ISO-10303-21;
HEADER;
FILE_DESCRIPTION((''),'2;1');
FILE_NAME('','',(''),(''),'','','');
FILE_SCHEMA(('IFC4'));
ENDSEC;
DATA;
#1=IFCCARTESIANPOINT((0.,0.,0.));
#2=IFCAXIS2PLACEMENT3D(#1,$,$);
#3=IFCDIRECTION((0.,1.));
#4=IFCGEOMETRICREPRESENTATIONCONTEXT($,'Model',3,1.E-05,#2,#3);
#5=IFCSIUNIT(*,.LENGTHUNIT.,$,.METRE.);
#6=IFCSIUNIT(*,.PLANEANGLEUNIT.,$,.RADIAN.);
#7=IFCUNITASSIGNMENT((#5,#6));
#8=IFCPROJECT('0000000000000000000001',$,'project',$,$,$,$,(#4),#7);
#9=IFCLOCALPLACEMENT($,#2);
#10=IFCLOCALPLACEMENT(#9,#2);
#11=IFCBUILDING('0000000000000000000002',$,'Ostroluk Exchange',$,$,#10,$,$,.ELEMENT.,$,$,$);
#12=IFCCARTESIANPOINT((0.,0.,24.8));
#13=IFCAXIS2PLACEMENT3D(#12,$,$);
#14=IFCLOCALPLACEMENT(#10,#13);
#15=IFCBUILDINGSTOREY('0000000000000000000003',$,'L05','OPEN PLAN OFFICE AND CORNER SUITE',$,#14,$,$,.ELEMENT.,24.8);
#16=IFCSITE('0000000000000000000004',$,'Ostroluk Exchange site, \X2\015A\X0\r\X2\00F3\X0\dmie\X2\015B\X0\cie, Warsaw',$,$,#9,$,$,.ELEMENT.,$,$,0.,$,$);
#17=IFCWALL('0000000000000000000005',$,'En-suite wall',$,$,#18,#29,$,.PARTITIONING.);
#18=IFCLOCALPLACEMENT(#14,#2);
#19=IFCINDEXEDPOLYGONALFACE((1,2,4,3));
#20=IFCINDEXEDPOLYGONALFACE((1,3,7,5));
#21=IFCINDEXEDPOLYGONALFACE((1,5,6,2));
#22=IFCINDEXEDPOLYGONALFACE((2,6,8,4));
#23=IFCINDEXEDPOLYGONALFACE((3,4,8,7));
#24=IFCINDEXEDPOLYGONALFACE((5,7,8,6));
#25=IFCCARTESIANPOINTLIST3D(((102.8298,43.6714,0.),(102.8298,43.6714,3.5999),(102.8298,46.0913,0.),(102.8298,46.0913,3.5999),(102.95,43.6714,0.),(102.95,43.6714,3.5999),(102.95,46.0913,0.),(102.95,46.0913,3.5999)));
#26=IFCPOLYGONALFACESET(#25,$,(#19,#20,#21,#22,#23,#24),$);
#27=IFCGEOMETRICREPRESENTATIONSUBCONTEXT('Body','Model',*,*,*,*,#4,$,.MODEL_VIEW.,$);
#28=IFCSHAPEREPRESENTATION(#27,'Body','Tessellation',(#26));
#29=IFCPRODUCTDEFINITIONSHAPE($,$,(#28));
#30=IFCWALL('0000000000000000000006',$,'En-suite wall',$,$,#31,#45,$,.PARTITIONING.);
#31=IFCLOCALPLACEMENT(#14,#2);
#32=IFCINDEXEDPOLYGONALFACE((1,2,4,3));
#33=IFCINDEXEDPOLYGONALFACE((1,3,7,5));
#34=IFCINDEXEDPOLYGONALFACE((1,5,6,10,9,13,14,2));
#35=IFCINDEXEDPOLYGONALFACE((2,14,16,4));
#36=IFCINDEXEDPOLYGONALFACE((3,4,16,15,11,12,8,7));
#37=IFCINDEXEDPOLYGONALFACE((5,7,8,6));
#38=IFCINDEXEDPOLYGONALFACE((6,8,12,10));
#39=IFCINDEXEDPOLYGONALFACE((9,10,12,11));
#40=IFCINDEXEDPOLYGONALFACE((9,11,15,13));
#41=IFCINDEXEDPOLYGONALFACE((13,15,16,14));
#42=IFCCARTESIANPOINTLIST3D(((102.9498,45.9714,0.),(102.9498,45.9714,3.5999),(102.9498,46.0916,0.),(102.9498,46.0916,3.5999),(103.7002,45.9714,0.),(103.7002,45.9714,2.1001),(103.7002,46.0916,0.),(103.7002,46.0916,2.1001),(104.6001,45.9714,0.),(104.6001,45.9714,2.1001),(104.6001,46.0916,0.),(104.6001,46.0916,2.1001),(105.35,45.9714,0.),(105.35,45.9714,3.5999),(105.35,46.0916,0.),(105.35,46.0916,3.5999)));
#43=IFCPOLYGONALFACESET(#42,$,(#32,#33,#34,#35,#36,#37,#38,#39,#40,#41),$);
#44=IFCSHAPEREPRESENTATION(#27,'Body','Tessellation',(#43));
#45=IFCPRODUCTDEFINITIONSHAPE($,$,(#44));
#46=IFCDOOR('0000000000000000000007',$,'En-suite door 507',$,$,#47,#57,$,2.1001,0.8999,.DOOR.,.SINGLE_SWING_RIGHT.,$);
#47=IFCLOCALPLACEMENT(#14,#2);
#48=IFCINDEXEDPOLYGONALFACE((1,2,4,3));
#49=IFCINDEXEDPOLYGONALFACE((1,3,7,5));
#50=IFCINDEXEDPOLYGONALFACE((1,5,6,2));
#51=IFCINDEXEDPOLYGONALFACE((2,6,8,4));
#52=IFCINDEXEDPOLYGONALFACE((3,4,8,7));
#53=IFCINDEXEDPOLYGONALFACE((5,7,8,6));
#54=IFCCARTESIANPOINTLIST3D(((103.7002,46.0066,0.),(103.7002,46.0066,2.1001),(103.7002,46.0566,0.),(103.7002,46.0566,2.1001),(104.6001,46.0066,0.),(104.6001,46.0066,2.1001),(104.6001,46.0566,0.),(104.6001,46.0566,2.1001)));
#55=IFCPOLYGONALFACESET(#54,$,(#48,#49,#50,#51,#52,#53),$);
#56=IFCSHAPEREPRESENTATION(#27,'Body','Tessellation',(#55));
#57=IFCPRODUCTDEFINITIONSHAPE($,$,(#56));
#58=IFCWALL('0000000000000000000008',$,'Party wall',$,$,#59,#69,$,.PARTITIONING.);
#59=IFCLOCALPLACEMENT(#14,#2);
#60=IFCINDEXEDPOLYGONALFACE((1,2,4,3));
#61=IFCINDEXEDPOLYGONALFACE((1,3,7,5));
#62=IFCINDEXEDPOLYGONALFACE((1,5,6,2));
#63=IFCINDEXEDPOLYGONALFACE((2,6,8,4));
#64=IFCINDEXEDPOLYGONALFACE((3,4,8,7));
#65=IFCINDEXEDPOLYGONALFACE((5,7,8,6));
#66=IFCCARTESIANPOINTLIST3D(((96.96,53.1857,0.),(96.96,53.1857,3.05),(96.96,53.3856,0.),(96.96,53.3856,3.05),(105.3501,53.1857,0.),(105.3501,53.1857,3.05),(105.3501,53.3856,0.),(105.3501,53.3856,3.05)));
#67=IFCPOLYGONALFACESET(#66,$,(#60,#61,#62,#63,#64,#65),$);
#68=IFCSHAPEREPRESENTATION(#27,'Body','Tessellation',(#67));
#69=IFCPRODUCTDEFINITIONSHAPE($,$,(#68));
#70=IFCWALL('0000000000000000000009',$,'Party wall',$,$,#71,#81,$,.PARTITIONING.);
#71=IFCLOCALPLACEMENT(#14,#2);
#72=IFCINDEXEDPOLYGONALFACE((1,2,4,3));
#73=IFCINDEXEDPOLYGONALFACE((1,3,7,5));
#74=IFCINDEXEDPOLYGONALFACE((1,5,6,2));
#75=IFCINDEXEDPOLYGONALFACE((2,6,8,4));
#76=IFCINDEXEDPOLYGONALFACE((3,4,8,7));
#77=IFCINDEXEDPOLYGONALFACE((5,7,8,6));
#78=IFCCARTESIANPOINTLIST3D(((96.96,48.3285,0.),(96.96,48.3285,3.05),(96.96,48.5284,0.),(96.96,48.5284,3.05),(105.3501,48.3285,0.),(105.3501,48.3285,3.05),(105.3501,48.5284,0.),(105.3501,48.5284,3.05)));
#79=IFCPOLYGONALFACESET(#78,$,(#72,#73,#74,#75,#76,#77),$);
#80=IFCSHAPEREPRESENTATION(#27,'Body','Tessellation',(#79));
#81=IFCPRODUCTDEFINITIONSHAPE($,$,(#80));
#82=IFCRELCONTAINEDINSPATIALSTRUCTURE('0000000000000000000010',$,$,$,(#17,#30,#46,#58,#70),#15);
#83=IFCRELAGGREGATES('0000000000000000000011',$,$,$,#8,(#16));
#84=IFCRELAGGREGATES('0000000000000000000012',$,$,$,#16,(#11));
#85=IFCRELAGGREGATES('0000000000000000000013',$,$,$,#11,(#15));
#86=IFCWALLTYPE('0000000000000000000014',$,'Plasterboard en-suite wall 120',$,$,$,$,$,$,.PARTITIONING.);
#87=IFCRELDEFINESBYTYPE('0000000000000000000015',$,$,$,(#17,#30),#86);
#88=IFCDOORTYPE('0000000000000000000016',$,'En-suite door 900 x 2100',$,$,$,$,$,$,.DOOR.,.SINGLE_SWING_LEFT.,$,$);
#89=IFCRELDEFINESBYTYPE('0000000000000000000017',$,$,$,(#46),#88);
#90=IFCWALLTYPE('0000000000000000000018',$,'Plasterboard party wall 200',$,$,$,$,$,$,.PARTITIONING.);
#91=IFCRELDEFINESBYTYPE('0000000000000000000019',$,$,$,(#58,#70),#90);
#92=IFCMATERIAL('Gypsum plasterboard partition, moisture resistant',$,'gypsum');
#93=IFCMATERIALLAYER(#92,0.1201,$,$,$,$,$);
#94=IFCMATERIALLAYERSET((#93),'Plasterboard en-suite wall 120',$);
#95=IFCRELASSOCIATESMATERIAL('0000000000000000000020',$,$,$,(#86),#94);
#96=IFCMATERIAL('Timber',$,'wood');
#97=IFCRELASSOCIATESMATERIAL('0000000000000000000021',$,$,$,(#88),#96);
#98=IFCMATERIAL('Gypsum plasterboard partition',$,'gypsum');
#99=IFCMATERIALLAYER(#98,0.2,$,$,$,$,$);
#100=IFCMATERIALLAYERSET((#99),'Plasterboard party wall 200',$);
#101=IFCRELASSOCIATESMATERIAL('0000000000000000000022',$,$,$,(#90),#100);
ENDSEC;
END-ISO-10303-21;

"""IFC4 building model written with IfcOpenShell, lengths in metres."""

from ifc_helpers import new_model, si_unit, direction, frame, frame_2d, origin, place, context, subcontext, project, spatial, rectangle, extrude, material, layer, layer_set, type_object, element, fill, save


model = new_model("IFC4")

# Units and contexts
model_context = context("Model", 3, precision=1e-05, world=origin(), true_north=direction((0.0, 1.0)))
body_context = subcontext(model_context, "Body", "Model", "MODEL_VIEW")
ifc_project = project(units=[si_unit("LENGTHUNIT", "METRE"), si_unit("PLANEANGLEUNIT", "RADIAN")], contexts=[model_context])

# Site, building, storey
site_placement = place(None, origin())
site = spatial("IfcSite", under=ifc_project, at=site_placement, Name="Ostroluk Exchange site, Śródmieście, Warsaw", CompositionType="ELEMENT", RefElevation=0.0)
building_placement = place(site_placement, origin())
building = spatial("IfcBuilding", under=site, at=building_placement, Name="Ostroluk Exchange", CompositionType="ELEMENT")
storey_placement = place(building_placement, frame((0.0, 0.0, 24.8)))
storey = spatial("IfcBuildingStorey", under=building, at=storey_placement, Name="L05", Description="OPEN PLAN OFFICE AND CORNER SUITE", CompositionType="ELEMENT", Elevation=24.8)

# Shared definitions
ifc_material_1 = material(Name="Gypsum plasterboard partition, moisture resistant", Category="gypsum")
ifc_layer_1 = layer(ifc_material_1, 0.1201)
ifc_layer_set_1 = layer_set([ifc_layer_1], Name="Plasterboard en-suite wall 120")
wall_type_1 = type_object("IfcWallType", Name="Plasterboard en-suite wall 120", PredefinedType="PARTITIONING", material=ifc_layer_set_1)
ifc_material_2 = material(Name="Timber", Category="wood")
door_type = type_object("IfcDoorType", Name="En-suite door 900 x 2100", OperationType="SINGLE_SWING_LEFT", PredefinedType="DOOR", material=ifc_material_2)

# Wall
wall_1_placement = place(storey_placement, frame((102.8899, 46.0913, 0.0), z_axis=(0.0, 0.0, 1.0), x_axis=(0.0, -1.0, 0.0)))
element("IfcWall", 1, at=wall_1_placement, inside=storey, type_object=wall_type_1, Name="En-suite wall", PredefinedType="PARTITIONING", context=body_context, shape_type="SweptSolid", body=[
    extrude(rectangle(XDim=2.4199, YDim=0.1201, at=frame_2d((1.21, 0.0))), origin(), (0.0, 0.0, 1.0), 3.5999),
])

# Wall, opening, door
wall_2_placement = place(storey_placement, frame((105.3501, 46.0315, 0.0), z_axis=(0.0, 0.0, 1.0), x_axis=(-1.0, 0.0, 0.0)))
wall_2 = element("IfcWall", 2, at=wall_2_placement, inside=storey, type_object=wall_type_1, Name="En-suite wall", PredefinedType="PARTITIONING", context=body_context, shape_type="SweptSolid", body=[
    extrude(rectangle(XDim=2.4001, YDim=0.1201, at=frame_2d((1.2002, 0.0))), origin(), (0.0, 0.0, 1.0), 3.5999),
])
opening_1_placement = place(wall_2_placement, frame((0.75, 0.0, 0.0)))
opening_1 = element("IfcOpeningElement", 3, at=opening_1_placement, cuts=wall_2, PredefinedType="OPENING", context=body_context, shape_type="SweptSolid", body=[
    extrude(rectangle(XDim=0.8999, YDim=2.1001, at=frame_2d((0.45, 1.05))), frame((0.0, 0.0701, 0.0), z_axis=(0.0, -1.0, 0.0), x_axis=(1.0, 0.0, 0.0)), (0.0, 0.0, 1.0), 0.1401),
])
door_1_placement = place(opening_1_placement, origin())
door_1 = element("IfcDoor", 4, at=door_1_placement, inside=storey, type_object=door_type, Name="En-suite door 507", OperationType="SINGLE_SWING_RIGHT", OverallHeight=2.1001, OverallWidth=0.8999, PredefinedType="DOOR", context=body_context, shape_type="SweptSolid", body=[
    extrude(rectangle(XDim=0.8999, YDim=2.1001, at=frame_2d((0.45, 1.05))), frame((0.0, 0.0249, 0.0), z_axis=(0.0, -1.0, 0.0), x_axis=(1.0, 0.0, 0.0)), (0.0, 0.0, 1.0), 0.05),
])
fill(opening_1, door_1)

# Walls
ifc_material_3 = material(Name="Gypsum plasterboard partition", Category="gypsum")
ifc_layer_2 = layer(ifc_material_3, 0.2)
ifc_layer_set_2 = layer_set([ifc_layer_2], Name="Plasterboard party wall 200")
wall_type_2 = type_object("IfcWallType", Name="Plasterboard party wall 200", PredefinedType="PARTITIONING", material=ifc_layer_set_2)
for number, where, z_axis, x_axis, name in (
    (5, (105.3501, 53.2856, 0.0), (0.0, 0.0, 1.0), (-1.0, 0.0, 0.0), "Party wall"),
    (6, (105.3501, 48.4285, 0.0), (0.0, 0.0, 1.0), (-1.0, 0.0, 0.0), "Party wall"),
):
    element("IfcWall", number, at=place(storey_placement, frame(where, z_axis=z_axis, x_axis=x_axis)), inside=storey, type_object=wall_type_2, Name=name, PredefinedType="PARTITIONING", context=body_context, shape_type="SweptSolid", body=[
        extrude(rectangle(XDim=8.3901, YDim=0.2, at=frame_2d((4.1951, 0.0))), origin(), (0.0, 0.0, 1.0), 3.05),
    ])

save(model, "model.ifc")
